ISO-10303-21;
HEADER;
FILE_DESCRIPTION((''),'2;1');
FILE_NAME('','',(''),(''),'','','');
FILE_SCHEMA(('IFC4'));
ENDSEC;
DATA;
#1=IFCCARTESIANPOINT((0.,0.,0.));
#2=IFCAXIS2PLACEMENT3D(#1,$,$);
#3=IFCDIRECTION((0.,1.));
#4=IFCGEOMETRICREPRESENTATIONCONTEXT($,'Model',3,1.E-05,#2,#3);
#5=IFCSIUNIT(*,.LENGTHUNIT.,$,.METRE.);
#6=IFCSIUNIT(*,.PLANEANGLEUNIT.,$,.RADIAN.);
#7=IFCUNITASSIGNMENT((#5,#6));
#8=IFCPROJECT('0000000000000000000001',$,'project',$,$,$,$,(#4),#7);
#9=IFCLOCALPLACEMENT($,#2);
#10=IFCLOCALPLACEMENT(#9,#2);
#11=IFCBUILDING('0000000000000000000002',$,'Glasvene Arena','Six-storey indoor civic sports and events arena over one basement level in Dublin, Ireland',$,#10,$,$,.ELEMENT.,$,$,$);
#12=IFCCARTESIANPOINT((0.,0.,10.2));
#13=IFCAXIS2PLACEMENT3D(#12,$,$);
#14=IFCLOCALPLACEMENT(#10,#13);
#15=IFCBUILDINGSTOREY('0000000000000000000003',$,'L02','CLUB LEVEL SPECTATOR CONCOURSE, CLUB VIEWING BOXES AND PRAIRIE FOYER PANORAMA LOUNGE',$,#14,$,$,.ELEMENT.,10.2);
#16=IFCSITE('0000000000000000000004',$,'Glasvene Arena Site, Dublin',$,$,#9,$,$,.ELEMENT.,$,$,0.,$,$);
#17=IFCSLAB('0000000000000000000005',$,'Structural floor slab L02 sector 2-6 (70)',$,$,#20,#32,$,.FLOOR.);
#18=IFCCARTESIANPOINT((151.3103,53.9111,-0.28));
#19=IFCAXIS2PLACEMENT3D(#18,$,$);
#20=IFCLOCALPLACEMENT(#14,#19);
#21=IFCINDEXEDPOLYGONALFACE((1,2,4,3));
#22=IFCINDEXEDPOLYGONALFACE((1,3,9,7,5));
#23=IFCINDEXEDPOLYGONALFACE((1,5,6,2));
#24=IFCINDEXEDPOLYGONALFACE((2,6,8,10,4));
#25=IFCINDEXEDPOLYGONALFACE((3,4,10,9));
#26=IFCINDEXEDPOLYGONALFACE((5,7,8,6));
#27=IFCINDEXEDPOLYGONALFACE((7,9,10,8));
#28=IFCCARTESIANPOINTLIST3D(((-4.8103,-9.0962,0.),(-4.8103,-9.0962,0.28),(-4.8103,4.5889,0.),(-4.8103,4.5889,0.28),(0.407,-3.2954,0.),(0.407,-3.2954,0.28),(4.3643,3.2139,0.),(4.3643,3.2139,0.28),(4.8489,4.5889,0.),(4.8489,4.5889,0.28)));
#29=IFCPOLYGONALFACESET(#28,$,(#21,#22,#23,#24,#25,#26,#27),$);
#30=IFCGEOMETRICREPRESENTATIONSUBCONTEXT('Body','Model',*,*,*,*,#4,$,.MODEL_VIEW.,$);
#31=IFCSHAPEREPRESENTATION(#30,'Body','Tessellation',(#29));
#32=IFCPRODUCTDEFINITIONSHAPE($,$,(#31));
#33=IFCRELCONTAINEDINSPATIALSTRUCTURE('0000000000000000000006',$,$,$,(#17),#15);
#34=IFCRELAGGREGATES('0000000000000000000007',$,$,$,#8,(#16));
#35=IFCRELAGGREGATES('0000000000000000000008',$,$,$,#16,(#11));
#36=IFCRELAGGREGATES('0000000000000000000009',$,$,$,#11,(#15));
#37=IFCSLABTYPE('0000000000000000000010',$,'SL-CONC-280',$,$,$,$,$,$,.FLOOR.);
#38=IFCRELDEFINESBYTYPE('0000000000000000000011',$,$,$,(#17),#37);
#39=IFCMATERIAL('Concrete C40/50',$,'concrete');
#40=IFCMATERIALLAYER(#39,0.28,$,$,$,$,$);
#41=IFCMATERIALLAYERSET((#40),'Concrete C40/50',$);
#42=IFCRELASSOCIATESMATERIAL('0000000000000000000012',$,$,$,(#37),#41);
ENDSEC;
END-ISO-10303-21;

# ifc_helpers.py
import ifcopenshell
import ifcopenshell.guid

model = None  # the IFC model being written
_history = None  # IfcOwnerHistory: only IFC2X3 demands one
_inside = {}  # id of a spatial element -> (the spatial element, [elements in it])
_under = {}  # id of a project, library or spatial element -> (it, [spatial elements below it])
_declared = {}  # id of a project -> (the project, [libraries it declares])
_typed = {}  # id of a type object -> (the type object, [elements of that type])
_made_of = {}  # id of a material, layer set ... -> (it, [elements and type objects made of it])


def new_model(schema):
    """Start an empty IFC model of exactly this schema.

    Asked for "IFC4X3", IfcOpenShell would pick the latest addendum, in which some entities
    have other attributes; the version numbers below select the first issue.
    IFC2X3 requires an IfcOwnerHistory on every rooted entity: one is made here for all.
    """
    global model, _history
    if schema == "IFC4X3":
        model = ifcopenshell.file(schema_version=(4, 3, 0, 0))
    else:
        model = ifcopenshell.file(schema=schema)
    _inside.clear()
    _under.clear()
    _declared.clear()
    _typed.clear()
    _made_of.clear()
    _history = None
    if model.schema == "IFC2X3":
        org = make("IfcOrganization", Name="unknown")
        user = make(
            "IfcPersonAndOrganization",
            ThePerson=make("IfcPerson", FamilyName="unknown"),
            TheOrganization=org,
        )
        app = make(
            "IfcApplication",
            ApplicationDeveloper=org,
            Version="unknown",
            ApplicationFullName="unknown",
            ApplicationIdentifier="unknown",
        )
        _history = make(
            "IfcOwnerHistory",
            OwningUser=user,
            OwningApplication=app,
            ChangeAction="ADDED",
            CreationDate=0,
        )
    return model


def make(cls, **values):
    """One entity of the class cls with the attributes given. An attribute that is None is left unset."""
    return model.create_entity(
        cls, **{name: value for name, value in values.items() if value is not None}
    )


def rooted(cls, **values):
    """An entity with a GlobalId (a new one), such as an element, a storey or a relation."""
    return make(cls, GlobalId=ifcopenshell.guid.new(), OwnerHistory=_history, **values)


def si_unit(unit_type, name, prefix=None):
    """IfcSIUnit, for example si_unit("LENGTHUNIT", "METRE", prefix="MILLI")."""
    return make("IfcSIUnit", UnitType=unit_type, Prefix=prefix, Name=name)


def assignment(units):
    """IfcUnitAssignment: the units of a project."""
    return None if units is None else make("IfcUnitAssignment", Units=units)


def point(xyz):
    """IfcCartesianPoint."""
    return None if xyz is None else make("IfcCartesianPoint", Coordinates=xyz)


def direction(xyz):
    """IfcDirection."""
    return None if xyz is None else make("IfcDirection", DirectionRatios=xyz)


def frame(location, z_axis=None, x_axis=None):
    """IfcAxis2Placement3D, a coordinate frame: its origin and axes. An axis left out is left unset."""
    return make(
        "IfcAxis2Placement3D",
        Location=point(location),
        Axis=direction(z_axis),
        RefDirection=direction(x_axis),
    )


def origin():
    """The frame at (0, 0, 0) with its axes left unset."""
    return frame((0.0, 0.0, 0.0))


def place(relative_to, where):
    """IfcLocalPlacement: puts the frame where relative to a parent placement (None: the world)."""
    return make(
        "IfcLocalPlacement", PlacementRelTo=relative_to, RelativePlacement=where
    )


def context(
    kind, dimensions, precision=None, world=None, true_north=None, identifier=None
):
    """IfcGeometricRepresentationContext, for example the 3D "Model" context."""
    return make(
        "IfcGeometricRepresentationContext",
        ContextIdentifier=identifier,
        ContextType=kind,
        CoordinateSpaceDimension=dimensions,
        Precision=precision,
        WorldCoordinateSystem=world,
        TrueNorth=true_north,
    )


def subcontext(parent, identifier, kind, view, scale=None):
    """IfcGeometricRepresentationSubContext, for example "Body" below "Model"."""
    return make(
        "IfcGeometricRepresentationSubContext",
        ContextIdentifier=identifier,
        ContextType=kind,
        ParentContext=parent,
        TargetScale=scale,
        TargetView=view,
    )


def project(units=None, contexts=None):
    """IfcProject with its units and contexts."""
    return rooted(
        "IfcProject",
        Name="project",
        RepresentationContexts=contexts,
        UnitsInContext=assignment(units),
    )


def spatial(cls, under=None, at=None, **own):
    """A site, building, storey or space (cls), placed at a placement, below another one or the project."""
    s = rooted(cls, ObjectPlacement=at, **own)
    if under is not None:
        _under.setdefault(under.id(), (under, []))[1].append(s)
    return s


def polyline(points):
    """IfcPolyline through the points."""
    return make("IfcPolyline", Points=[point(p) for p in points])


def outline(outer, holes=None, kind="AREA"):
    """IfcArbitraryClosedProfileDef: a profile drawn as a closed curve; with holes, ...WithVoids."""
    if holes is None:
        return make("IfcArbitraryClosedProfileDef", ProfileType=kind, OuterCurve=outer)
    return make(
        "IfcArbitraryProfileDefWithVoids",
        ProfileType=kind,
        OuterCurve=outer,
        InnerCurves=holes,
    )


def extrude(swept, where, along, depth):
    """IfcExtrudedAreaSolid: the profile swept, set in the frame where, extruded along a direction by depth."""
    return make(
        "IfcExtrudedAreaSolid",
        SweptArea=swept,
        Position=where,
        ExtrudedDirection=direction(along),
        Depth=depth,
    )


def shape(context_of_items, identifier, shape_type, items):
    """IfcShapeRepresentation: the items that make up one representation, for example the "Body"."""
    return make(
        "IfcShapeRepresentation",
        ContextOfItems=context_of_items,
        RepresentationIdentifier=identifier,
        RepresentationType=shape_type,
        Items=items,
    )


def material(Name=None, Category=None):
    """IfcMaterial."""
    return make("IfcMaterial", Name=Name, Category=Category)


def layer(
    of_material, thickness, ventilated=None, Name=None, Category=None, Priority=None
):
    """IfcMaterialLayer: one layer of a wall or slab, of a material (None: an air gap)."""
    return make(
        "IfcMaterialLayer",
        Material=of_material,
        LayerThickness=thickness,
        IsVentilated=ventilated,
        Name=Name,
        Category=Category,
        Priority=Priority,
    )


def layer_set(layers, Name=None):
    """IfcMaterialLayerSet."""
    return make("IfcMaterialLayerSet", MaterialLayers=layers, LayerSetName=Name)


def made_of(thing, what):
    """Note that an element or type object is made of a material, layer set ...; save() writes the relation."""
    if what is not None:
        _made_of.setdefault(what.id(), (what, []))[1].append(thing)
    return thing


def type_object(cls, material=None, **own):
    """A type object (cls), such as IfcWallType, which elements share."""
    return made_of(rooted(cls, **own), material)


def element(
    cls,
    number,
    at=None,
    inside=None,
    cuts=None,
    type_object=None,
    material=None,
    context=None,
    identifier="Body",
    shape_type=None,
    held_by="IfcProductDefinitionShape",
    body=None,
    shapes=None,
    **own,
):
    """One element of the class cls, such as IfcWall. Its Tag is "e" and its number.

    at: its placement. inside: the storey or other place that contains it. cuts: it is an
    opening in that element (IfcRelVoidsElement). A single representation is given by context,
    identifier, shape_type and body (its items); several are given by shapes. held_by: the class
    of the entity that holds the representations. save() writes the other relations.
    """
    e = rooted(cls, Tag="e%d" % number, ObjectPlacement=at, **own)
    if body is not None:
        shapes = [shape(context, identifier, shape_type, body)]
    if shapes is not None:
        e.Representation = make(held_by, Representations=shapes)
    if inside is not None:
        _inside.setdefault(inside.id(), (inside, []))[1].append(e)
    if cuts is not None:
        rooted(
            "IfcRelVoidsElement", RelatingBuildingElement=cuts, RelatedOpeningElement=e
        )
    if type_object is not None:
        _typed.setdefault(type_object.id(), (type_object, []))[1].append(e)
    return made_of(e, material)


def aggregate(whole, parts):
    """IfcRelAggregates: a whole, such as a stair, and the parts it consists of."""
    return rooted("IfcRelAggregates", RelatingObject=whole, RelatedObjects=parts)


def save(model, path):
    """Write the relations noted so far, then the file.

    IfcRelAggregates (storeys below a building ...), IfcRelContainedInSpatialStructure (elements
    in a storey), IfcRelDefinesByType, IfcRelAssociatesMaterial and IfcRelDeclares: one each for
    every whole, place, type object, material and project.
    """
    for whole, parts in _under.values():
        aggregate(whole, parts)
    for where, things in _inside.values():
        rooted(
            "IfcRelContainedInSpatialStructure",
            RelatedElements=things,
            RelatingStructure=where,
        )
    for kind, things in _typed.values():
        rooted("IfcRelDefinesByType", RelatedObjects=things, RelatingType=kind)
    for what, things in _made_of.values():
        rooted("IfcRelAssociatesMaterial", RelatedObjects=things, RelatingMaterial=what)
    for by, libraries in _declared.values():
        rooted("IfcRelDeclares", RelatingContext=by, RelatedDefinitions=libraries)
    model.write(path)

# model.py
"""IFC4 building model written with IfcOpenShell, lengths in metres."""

from ifc_helpers import new_model, si_unit, direction, frame, origin, place, context, subcontext, project, spatial, polyline, outline, extrude, material, layer, layer_set, type_object, element, save


model = new_model("IFC4")

# Units and contexts
model_context = context("Model", 3, precision=1e-05, world=origin(), true_north=direction((0.0, 1.0)))
body_context = subcontext(model_context, "Body", "Model", "MODEL_VIEW")
ifc_project = project(units=[si_unit("LENGTHUNIT", "METRE"), si_unit("PLANEANGLEUNIT", "RADIAN")], contexts=[model_context])

# Site, building, storey
site_placement = place(None, origin())
site = spatial("IfcSite", under=ifc_project, at=site_placement, Name="Glasvene Arena Site, Dublin", CompositionType="ELEMENT", RefElevation=0.0)
building_placement = place(site_placement, origin())
building = spatial("IfcBuilding", under=site, at=building_placement, Name="Glasvene Arena", Description="Six-storey indoor civic sports and events arena over one basement level in Dublin, Ireland", CompositionType="ELEMENT")
storey_placement = place(building_placement, frame((0.0, 0.0, 10.2)))
storey = spatial("IfcBuildingStorey", under=building, at=storey_placement, Name="L02", Description="CLUB LEVEL SPECTATOR CONCOURSE, CLUB VIEWING BOXES AND PRAIRIE FOYER PANORAMA LOUNGE", CompositionType="ELEMENT", Elevation=10.2)

# Slab
ifc_material_1 = material(Name="Concrete C40/50", Category="concrete")
ifc_layer_1 = layer(ifc_material_1, 0.28)
ifc_layer_set_1 = layer_set([ifc_layer_1], Name="Concrete C40/50")
slab_type_1 = type_object("IfcSlabType", Name="SL-CONC-280", PredefinedType="FLOOR", material=ifc_layer_set_1)
slab_1_placement = place(storey_placement, frame((151.3103, 53.9111, -0.28)))
element("IfcSlab", 1, at=slab_1_placement, inside=storey, type_object=slab_type_1, Name="Structural floor slab L02 sector 2-6 (70)", PredefinedType="FLOOR", context=body_context, shape_type="SweptSolid", body=[
    extrude(outline(polyline([(4.3643, 3.2139), (0.407, -3.2954), (-4.8103, -9.0962), (-4.8103, 4.5889), (4.8489, 4.5889), (4.3643, 3.2139)])), origin(), (0.0, 0.0, 1.0), 0.28),
])

save(model, "model.ifc")
